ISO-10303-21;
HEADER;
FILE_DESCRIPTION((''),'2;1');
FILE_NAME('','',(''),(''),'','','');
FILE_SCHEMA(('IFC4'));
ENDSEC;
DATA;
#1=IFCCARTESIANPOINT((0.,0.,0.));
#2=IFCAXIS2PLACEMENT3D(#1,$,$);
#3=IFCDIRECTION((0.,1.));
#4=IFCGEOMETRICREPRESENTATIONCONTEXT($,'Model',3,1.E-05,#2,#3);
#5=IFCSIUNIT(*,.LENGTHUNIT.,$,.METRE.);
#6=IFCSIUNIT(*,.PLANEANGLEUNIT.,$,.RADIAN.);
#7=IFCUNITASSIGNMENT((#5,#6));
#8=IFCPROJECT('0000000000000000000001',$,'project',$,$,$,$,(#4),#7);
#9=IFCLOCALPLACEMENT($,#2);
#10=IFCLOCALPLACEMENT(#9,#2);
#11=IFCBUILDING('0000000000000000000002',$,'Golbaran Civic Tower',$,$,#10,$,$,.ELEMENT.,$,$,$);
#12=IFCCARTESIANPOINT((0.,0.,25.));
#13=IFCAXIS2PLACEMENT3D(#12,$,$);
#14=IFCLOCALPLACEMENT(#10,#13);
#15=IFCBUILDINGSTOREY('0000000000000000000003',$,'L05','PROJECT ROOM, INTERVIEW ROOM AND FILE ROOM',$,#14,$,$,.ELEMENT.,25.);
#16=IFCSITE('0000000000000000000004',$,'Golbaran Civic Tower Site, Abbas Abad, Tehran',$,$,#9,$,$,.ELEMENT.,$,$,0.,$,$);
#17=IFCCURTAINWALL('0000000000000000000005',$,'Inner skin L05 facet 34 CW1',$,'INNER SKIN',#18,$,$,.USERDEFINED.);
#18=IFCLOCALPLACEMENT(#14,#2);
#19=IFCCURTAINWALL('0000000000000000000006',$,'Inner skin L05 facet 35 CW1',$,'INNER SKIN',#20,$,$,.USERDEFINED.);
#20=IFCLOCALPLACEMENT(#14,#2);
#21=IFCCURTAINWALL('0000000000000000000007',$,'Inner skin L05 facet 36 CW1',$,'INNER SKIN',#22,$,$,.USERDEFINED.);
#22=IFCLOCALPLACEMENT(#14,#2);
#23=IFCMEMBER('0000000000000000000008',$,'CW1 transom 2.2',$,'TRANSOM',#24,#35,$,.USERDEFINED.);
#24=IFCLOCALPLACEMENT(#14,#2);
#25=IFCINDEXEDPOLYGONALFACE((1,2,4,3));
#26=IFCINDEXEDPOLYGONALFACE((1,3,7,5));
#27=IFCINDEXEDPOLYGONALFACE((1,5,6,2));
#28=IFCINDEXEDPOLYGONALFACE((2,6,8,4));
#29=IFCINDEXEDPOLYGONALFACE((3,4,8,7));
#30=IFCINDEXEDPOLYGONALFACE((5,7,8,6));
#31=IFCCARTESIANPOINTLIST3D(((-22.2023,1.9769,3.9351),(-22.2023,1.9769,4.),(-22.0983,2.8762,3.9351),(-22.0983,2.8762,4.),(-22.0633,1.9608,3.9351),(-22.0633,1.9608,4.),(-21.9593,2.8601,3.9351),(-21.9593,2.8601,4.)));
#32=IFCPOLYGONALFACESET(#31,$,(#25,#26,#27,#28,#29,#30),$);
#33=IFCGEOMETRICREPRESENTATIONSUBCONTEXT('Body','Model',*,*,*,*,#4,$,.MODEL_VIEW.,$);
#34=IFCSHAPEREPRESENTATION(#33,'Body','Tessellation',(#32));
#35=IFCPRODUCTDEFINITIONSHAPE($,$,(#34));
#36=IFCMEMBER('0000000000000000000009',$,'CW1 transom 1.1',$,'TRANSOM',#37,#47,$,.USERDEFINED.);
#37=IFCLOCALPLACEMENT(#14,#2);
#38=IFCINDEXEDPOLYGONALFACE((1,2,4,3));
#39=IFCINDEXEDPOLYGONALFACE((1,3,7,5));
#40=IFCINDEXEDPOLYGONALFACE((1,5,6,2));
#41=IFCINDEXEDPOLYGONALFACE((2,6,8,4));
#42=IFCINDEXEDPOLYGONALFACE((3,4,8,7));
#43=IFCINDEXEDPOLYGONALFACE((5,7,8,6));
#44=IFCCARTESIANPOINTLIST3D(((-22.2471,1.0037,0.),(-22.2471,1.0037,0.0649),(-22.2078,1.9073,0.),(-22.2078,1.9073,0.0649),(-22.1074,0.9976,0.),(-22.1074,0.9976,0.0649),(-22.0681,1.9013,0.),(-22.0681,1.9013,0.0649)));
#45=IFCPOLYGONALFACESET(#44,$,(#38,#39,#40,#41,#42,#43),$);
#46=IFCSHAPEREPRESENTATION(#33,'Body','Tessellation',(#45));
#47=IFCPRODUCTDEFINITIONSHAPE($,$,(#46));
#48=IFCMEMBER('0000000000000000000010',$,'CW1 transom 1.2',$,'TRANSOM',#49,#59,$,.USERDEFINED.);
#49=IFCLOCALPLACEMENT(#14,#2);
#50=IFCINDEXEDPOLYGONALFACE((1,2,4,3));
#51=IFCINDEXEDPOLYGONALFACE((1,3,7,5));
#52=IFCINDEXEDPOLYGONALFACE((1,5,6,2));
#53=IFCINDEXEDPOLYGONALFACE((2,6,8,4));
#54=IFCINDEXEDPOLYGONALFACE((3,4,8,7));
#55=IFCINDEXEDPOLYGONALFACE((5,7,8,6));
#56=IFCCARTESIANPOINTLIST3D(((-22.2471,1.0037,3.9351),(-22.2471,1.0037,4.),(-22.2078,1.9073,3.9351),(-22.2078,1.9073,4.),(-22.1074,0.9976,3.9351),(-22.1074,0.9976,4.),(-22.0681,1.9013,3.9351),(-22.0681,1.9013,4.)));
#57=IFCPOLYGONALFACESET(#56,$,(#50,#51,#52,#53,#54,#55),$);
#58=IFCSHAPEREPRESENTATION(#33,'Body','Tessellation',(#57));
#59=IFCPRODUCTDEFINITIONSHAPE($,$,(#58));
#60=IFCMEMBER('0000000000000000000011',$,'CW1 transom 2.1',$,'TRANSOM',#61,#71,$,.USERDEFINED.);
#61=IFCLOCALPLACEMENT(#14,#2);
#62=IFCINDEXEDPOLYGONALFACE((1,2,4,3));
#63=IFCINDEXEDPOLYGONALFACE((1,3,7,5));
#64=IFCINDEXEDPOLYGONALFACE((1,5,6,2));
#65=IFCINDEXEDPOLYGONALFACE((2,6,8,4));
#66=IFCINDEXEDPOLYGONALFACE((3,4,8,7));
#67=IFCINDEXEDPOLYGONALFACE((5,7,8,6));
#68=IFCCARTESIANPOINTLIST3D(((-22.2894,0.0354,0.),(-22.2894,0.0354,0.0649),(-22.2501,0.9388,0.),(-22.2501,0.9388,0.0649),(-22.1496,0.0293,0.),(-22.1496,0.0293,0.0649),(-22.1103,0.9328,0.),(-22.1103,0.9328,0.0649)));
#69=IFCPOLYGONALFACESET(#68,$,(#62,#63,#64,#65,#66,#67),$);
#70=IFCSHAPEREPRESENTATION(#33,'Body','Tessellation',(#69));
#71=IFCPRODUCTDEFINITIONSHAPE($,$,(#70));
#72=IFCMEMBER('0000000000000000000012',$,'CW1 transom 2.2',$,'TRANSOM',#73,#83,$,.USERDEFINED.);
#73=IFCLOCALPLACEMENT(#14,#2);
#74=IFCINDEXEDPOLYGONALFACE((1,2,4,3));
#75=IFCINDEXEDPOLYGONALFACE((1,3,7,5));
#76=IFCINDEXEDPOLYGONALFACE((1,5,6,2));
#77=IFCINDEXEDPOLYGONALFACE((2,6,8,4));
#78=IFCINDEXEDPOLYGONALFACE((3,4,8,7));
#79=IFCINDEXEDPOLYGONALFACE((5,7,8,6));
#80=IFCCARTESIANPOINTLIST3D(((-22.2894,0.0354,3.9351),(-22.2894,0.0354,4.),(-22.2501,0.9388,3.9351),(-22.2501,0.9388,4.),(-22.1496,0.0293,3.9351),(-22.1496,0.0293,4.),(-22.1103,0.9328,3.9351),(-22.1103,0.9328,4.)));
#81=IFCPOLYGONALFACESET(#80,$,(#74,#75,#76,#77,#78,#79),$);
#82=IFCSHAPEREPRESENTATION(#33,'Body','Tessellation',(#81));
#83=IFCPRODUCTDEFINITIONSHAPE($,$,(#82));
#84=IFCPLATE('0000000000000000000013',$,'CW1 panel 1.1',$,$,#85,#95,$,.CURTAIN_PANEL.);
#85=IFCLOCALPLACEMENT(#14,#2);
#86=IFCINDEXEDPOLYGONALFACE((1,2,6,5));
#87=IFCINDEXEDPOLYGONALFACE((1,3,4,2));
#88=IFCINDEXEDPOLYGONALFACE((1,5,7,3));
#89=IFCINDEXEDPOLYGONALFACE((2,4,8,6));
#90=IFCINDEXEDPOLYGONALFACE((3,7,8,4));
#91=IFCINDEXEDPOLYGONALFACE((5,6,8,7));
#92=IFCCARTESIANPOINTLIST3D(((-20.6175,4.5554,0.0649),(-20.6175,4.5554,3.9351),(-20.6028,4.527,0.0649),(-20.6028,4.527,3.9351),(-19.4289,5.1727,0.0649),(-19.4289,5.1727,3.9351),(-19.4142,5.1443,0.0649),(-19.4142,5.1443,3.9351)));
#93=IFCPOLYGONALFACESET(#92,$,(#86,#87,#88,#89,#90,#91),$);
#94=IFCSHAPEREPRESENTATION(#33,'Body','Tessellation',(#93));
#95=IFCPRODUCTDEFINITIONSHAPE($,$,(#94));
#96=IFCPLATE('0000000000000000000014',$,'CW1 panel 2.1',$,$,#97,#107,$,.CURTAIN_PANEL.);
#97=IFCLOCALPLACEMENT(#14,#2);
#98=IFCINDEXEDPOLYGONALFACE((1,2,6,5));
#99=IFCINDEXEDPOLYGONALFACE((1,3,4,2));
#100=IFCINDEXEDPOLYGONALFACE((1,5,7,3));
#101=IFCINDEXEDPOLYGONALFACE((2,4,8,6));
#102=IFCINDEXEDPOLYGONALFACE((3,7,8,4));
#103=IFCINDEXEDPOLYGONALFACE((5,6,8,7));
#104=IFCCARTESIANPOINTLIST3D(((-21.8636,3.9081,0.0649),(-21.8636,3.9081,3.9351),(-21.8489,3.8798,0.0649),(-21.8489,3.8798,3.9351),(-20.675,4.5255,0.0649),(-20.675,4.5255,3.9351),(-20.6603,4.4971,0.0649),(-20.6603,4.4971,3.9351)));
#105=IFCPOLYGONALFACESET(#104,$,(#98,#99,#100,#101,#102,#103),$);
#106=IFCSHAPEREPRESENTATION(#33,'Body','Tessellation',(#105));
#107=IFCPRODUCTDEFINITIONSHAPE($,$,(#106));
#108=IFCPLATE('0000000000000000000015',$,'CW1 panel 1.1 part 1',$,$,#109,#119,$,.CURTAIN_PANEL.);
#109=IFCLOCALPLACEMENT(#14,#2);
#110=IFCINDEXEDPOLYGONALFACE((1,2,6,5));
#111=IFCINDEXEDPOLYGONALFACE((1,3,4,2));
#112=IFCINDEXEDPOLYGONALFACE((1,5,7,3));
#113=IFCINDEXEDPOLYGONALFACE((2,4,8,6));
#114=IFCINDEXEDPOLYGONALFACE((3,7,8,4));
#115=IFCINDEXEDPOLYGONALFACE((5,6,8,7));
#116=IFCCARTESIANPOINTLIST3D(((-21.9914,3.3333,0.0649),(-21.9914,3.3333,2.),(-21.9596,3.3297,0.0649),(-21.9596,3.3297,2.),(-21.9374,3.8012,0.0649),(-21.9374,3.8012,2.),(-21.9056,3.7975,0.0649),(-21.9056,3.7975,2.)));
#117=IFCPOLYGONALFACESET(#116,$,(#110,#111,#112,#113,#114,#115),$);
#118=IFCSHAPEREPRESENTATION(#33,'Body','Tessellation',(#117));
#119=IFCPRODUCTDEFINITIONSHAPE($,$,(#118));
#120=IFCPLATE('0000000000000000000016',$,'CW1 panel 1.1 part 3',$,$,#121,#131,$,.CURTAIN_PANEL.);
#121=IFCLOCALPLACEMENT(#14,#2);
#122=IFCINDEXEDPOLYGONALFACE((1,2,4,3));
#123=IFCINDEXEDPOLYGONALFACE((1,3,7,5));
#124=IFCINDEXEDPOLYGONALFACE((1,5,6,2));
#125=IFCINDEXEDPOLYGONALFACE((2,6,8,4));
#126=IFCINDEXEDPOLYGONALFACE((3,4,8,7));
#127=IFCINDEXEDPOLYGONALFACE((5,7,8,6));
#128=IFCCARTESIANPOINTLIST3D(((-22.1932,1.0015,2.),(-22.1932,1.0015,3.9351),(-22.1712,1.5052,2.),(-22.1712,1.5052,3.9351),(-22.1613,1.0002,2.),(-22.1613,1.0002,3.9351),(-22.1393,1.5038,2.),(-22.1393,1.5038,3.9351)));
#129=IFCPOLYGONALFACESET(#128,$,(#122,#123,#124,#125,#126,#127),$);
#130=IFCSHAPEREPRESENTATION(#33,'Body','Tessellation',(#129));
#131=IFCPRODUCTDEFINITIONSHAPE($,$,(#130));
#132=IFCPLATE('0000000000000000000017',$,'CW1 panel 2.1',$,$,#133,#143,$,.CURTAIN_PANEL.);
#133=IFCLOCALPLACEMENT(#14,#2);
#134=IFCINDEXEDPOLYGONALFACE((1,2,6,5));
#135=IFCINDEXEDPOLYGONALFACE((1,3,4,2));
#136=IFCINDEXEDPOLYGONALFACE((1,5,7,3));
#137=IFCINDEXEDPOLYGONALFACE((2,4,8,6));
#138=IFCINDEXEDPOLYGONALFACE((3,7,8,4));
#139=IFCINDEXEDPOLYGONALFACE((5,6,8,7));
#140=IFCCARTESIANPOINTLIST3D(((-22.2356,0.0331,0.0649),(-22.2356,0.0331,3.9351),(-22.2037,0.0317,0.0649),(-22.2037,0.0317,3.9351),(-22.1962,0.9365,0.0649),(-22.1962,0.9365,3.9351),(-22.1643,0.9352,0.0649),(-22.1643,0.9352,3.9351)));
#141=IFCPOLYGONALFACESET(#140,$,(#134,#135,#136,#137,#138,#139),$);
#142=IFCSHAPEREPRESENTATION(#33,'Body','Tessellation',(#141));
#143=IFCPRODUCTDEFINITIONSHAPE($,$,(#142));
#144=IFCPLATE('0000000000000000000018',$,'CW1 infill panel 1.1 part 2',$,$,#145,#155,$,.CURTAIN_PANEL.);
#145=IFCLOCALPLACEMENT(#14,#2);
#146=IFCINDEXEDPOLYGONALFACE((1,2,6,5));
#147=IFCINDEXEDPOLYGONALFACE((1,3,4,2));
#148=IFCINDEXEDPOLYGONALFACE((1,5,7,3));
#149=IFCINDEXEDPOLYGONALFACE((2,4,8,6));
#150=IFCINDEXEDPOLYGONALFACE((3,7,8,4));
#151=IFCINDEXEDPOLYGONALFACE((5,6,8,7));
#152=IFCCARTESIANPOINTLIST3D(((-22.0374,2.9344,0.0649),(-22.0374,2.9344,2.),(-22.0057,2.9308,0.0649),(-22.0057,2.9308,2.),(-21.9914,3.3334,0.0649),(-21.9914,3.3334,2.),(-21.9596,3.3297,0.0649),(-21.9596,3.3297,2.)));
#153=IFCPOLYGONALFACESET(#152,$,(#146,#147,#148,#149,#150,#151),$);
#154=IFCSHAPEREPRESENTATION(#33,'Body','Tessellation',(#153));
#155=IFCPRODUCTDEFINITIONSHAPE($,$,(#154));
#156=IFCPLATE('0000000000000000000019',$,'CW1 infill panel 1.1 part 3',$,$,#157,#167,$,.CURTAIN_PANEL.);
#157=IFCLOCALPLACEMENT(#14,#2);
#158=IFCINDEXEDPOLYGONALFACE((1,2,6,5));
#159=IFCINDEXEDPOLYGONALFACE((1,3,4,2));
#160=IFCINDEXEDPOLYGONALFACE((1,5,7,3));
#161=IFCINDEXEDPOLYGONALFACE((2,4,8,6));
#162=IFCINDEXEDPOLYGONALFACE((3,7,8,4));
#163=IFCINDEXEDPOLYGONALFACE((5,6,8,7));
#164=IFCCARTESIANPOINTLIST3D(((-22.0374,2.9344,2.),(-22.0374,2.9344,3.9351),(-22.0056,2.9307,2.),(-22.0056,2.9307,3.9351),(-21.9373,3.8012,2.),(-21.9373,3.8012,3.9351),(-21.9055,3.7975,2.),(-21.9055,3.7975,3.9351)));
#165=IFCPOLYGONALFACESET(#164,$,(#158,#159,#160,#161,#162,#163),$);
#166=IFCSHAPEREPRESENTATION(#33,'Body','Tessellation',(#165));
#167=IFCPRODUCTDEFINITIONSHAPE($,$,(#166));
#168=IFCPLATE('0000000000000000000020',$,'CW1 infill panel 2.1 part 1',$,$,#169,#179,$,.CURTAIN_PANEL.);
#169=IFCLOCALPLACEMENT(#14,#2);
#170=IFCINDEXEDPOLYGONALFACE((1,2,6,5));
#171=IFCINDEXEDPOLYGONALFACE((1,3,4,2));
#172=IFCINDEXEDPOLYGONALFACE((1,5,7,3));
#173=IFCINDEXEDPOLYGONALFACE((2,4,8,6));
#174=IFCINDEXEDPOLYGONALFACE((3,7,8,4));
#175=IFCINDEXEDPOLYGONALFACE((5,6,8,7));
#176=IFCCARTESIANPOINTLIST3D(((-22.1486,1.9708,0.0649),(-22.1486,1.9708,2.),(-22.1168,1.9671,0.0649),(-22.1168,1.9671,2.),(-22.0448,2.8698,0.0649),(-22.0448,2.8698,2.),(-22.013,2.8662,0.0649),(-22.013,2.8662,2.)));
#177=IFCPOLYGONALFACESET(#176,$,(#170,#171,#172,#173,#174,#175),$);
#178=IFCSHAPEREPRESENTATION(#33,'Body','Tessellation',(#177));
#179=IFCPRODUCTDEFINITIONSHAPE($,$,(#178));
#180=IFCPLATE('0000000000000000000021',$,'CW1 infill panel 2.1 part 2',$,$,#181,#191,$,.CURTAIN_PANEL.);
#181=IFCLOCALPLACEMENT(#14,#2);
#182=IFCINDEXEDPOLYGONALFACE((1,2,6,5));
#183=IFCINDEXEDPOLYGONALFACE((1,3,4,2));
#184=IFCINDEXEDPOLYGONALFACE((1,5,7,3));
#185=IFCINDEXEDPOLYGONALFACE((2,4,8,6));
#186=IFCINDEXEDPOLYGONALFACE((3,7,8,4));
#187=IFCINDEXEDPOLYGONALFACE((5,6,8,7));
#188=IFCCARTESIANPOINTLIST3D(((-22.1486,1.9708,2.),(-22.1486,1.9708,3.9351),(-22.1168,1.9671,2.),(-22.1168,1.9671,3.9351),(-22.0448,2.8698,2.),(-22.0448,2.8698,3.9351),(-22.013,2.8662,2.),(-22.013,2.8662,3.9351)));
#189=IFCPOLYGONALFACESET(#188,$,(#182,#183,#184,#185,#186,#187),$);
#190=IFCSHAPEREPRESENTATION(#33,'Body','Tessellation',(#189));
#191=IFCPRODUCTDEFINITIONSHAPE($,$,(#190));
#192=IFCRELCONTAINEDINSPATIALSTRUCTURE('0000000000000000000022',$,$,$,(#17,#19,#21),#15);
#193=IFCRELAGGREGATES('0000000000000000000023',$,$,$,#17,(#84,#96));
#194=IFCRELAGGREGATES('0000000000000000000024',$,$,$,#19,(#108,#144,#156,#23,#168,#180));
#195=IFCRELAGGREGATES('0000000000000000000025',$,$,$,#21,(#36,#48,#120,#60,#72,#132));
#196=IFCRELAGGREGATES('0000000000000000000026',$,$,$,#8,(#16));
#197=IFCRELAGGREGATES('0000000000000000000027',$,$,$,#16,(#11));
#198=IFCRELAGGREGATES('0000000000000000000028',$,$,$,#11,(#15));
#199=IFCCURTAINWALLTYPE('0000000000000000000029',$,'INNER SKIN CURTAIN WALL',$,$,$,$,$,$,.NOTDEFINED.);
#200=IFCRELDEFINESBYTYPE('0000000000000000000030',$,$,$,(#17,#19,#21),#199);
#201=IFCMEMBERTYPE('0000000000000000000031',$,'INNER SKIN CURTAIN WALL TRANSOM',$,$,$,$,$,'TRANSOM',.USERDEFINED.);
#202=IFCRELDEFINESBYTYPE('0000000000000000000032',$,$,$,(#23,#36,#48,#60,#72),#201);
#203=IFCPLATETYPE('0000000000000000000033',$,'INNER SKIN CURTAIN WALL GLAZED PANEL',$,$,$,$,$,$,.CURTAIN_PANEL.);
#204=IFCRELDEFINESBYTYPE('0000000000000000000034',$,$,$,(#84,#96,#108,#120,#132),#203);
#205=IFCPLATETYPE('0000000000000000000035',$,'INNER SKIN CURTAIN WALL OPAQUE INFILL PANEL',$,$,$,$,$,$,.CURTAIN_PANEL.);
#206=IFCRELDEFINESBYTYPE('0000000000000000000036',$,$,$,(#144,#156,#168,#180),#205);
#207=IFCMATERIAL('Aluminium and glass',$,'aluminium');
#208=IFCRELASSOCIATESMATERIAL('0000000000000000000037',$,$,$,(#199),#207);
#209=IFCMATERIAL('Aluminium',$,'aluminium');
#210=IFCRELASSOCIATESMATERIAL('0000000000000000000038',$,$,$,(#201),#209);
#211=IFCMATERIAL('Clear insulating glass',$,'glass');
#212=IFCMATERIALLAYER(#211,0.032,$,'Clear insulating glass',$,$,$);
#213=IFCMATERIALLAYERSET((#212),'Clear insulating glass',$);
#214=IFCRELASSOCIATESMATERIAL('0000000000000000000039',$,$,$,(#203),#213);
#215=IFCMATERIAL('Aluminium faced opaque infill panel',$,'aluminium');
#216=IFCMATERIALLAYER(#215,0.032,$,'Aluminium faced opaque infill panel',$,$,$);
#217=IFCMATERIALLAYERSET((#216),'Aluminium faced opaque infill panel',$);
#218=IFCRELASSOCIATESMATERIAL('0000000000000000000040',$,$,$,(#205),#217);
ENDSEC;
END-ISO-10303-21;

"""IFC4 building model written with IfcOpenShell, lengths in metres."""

from ifc_helpers import new_model, si_unit, direction, frame, origin, origin_2d, place, context, subcontext, project, spatial, rectangle, extrude, material, layer, layer_set, material_profile, profile_set, type_object, element, aggregate, save


model = new_model("IFC4")

# Units and contexts
model_context = context("Model", 3, precision=1e-05, world=origin(), true_north=direction((0.0, 1.0)))
body_context = subcontext(model_context, "Body", "Model", "MODEL_VIEW")
ifc_project = project(units=[si_unit("LENGTHUNIT", "METRE"), si_unit("PLANEANGLEUNIT", "RADIAN")], contexts=[model_context])

# Site, building, storey
site_placement = place(None, origin())
site = spatial("IfcSite", under=ifc_project, at=site_placement, Name="Golbaran Civic Tower Site, Abbas Abad, Tehran", CompositionType="ELEMENT", RefElevation=0.0)
building_placement = place(site_placement, origin())
building = spatial("IfcBuilding", under=site, at=building_placement, Name="Golbaran Civic Tower", CompositionType="ELEMENT")
storey_placement = place(building_placement, frame((0.0, 0.0, 25.0)))
storey = spatial("IfcBuildingStorey", under=building, at=storey_placement, Name="L05", Description="PROJECT ROOM, INTERVIEW ROOM AND FILE ROOM", CompositionType="ELEMENT", Elevation=25.0)

# Curtain walls
ifc_material_1 = material(Name="Aluminium and glass", Category="aluminium")
curtain_wall_type = type_object("IfcCurtainWallType", Name="INNER SKIN CURTAIN WALL", PredefinedType="NOTDEFINED", material=ifc_material_1)
curtain_wall_1_placement = place(storey_placement, origin())
curtain_wall_1 = element("IfcCurtainWall", 1, at=curtain_wall_1_placement, inside=storey, type_object=curtain_wall_type, Name="Inner skin L05 facet 34 CW1", ObjectType="INNER SKIN", PredefinedType="USERDEFINED")
ifc_material_2 = material(Name="Aluminium", Category="aluminium")
curtain_wall_2_placement = place(storey_placement, origin())
curtain_wall_2 = element("IfcCurtainWall", 2, at=curtain_wall_2_placement, inside=storey, type_object=curtain_wall_type, Name="Inner skin L05 facet 35 CW1", ObjectType="INNER SKIN", PredefinedType="USERDEFINED")

# Curtain wall
curtain_wall_3_placement = place(storey_placement, origin())
curtain_wall_3 = element("IfcCurtainWall", 3, at=curtain_wall_3_placement, inside=storey, type_object=curtain_wall_type, Name="Inner skin L05 facet 36 CW1", ObjectType="INNER SKIN", PredefinedType="USERDEFINED")

# Members
ifc_material_profile_1 = material_profile(ifc_material_2, rectangle(XDim=0.1399, YDim=0.0649, at=origin_2d()), Name="INNER SKIN CURTAIN WALL TRANSOM")
ifc_profile_set_1 = profile_set([ifc_material_profile_1], Name="Aluminium")
member_type_1 = type_object("IfcMemberType", Name="INNER SKIN CURTAIN WALL TRANSOM", ElementType="TRANSOM", PredefinedType="USERDEFINED", material=ifc_profile_set_1)
member_1_placement = place(storey_placement, frame((-22.0288, 2.8682, 3.9675), z_axis=(-0.114901, -0.993377, 0.0), x_axis=(0.993377, -0.114901, 0.0)))
member_1 = element("IfcMember", 4, at=member_1_placement, type_object=member_type_1, Name="CW1 transom 2.2", ObjectType="TRANSOM", PredefinedType="USERDEFINED", context=body_context, shape_type="SweptSolid", body=[
    extrude(rectangle(XDim=0.1399, YDim=0.0649, at=origin_2d()), origin(), (0.0, 0.0, 1.0), 0.9053),
])
member_2_placement = place(storey_placement, frame((-22.1379, 1.9043, 0.0325), z_axis=(-0.043461, -0.999055, 0.0), x_axis=(0.999055, -0.043461, 0.0)))
member_2 = element("IfcMember", 5, at=member_2_placement, type_object=member_type_1, Name="CW1 transom 1.1", ObjectType="TRANSOM", PredefinedType="USERDEFINED", context=body_context, shape_type="SweptSolid", body=[
    extrude(rectangle(XDim=0.1399, YDim=0.0649, at=origin_2d()), origin(), (0.0, 0.0, 1.0), 0.9045),
])
member_3_placement = place(storey_placement, frame((-22.1379, 1.9043, 3.9675), z_axis=(-0.043461, -0.999055, 0.0), x_axis=(0.999055, -0.043461, 0.0)))
member_3 = element("IfcMember", 6, at=member_3_placement, type_object=member_type_1, Name="CW1 transom 1.2", ObjectType="TRANSOM", PredefinedType="USERDEFINED", context=body_context, shape_type="SweptSolid", body=[
    extrude(rectangle(XDim=0.1399, YDim=0.0649, at=origin_2d()), origin(), (0.0, 0.0, 1.0), 0.9045),
])
member_4_placement = place(storey_placement, frame((-22.1802, 0.9358, 0.0325), z_axis=(-0.043472, -0.999055, 0.0), x_axis=(0.999055, -0.043472, 0.0)))
member_4 = element("IfcMember", 7, at=member_4_placement, type_object=member_type_1, Name="CW1 transom 2.1", ObjectType="TRANSOM", PredefinedType="USERDEFINED", context=body_context, shape_type="SweptSolid", body=[
    extrude(rectangle(XDim=0.1399, YDim=0.0649, at=origin_2d()), origin(), (0.0, 0.0, 1.0), 0.9043),
])
member_5_placement = place(storey_placement, frame((-22.1802, 0.9358, 3.9675), z_axis=(-0.043472, -0.999055, 0.0), x_axis=(0.999055, -0.043472, 0.0)))
member_5 = element("IfcMember", 8, at=member_5_placement, type_object=member_type_1, Name="CW1 transom 2.2", ObjectType="TRANSOM", PredefinedType="USERDEFINED", context=body_context, shape_type="SweptSolid", body=[
    extrude(rectangle(XDim=0.1399, YDim=0.0649, at=origin_2d()), origin(), (0.0, 0.0, 1.0), 0.9043),
])

# Plates
ifc_material_3 = material(Name="Clear insulating glass", Category="glass")
ifc_layer_1 = layer(ifc_material_3, 0.032, Name="Clear insulating glass")
ifc_layer_set_1 = layer_set([ifc_layer_1], Name="Clear insulating glass")
plate_type_1 = type_object("IfcPlateType", Name="INNER SKIN CURTAIN WALL GLAZED PANEL", PredefinedType="CURTAIN_PANEL", material=ifc_layer_set_1)
plate_1_placement = place(storey_placement, frame((-20.0159, 4.8499, 0.0649), z_axis=(0.0, 0.0, 1.0), x_axis=(-0.887429, -0.460945, 0.0)))
plate_1 = element("IfcPlate", 9, at=plate_1_placement, type_object=plate_type_1, Name="CW1 panel 1.1", PredefinedType="CURTAIN_PANEL", context=body_context, shape_type="SweptSolid", body=[
    extrude(rectangle(XDim=1.3394, YDim=0.032, at=origin_2d()), origin(), (0.0, 0.0, 1.0), 3.8701),
])
plate_2_placement = place(storey_placement, frame((-21.262, 4.2026, 0.0649), z_axis=(0.0, 0.0, 1.0), x_axis=(-0.887429, -0.460945, 0.0)))
plate_2 = element("IfcPlate", 10, at=plate_2_placement, type_object=plate_type_1, Name="CW1 panel 2.1", PredefinedType="CURTAIN_PANEL", context=body_context, shape_type="SweptSolid", body=[
    extrude(rectangle(XDim=1.3394, YDim=0.032, at=origin_2d()), origin(), (0.0, 0.0, 1.0), 3.8701),
])
aggregate(curtain_wall_1, [plate_1, plate_2])
plate_3_placement = place(storey_placement, frame((-21.9485, 3.5654, 0.0649), z_axis=(0.0, 0.0, 1.0), x_axis=(-0.114683, -0.993402, 0.0)))
plate_3 = element("IfcPlate", 11, at=plate_3_placement, type_object=plate_type_1, Name="CW1 panel 1.1 part 1", PredefinedType="CURTAIN_PANEL", context=body_context, shape_type="SweptSolid", body=[
    extrude(rectangle(XDim=0.4709, YDim=0.032, at=origin_2d()), origin(), (0.0, 0.0, 1.0), 1.9351),
])
plate_4_placement = place(storey_placement, frame((-22.1663, 1.2527, 2.0), z_axis=(0.0, 0.0, 1.0), x_axis=(-0.043619, -0.999048, 0.0)))
plate_4 = element("IfcPlate", 12, at=plate_4_placement, type_object=plate_type_1, Name="CW1 panel 1.1 part 3", PredefinedType="CURTAIN_PANEL", context=body_context, shape_type="SweptSolid", body=[
    extrude(rectangle(XDim=0.5042, YDim=0.032, at=origin_2d()), origin(), (0.0, 0.0, 1.0), 1.9351),
])
plate_5_placement = place(storey_placement, frame((-22.2, 0.4841, 0.0649), z_axis=(0.0, 0.0, 1.0), x_axis=(-0.043619, -0.999048, 0.0)))
plate_5 = element("IfcPlate", 13, at=plate_5_placement, type_object=plate_type_1, Name="CW1 panel 2.1", PredefinedType="CURTAIN_PANEL", context=body_context, shape_type="SweptSolid", body=[
    extrude(rectangle(XDim=0.9043, YDim=0.032, at=origin_2d()), origin(), (0.0, 0.0, 1.0), 3.8701),
])
ifc_material_4 = material(Name="Aluminium faced opaque infill panel", Category="aluminium")
ifc_layer_2 = layer(ifc_material_4, 0.032, Name="Aluminium faced opaque infill panel")
ifc_layer_set_2 = layer_set([ifc_layer_2], Name="Aluminium faced opaque infill panel")
plate_type_2 = type_object("IfcPlateType", Name="INNER SKIN CURTAIN WALL OPAQUE INFILL PANEL", PredefinedType="CURTAIN_PANEL", material=ifc_layer_set_2)
plate_6_placement = place(storey_placement, frame((-21.9985, 3.1321, 0.0649), z_axis=(0.0, 0.0, 1.0), x_axis=(-0.114683, -0.993402, 0.0)))
plate_6 = element("IfcPlate", 14, at=plate_6_placement, type_object=plate_type_2, Name="CW1 infill panel 1.1 part 2", PredefinedType="CURTAIN_PANEL", context=body_context, shape_type="SweptSolid", body=[
    extrude(rectangle(XDim=0.4016, YDim=0.032, at=origin_2d()), origin(), (0.0, 0.0, 1.0), 1.9351),
])
plate_7_placement = place(storey_placement, frame((-21.9714, 3.366, 2.0), z_axis=(0.0, 0.0, 1.0), x_axis=(-0.114683, -0.993402, 0.0)))
plate_7 = element("IfcPlate", 15, at=plate_7_placement, type_object=plate_type_2, Name="CW1 infill panel 1.1 part 3", PredefinedType="CURTAIN_PANEL", context=body_context, shape_type="SweptSolid", body=[
    extrude(rectangle(XDim=0.8726, YDim=0.032, at=origin_2d()), origin(), (0.0, 0.0, 1.0), 1.9351),
])
plate_8_placement = place(storey_placement, frame((-22.0808, 2.4185, 0.0649), z_axis=(0.0, 0.0, 1.0), x_axis=(-0.114683, -0.993402, 0.0)))
plate_8 = element("IfcPlate", 16, at=plate_8_placement, type_object=plate_type_2, Name="CW1 infill panel 2.1 part 1", PredefinedType="CURTAIN_PANEL", context=body_context, shape_type="SweptSolid", body=[
    extrude(rectangle(XDim=0.905, YDim=0.032, at=origin_2d()), origin(), (0.0, 0.0, 1.0), 1.9351),
])
plate_9_placement = place(storey_placement, frame((-22.0808, 2.4185, 2.0), z_axis=(0.0, 0.0, 1.0), x_axis=(-0.114683, -0.993402, 0.0)))
plate_9 = element("IfcPlate", 17, at=plate_9_placement, type_object=plate_type_2, Name="CW1 infill panel 2.1 part 2", PredefinedType="CURTAIN_PANEL", context=body_context, shape_type="SweptSolid", body=[
    extrude(rectangle(XDim=0.905, YDim=0.032, at=origin_2d()), origin(), (0.0, 0.0, 1.0), 1.9351),
])
aggregate(curtain_wall_2, [plate_3, plate_6, plate_7, member_1, plate_8, plate_9])
aggregate(curtain_wall_3, [member_2, member_3, plate_4, member_4, member_5, plate_5])

save(model, "model.ifc")
